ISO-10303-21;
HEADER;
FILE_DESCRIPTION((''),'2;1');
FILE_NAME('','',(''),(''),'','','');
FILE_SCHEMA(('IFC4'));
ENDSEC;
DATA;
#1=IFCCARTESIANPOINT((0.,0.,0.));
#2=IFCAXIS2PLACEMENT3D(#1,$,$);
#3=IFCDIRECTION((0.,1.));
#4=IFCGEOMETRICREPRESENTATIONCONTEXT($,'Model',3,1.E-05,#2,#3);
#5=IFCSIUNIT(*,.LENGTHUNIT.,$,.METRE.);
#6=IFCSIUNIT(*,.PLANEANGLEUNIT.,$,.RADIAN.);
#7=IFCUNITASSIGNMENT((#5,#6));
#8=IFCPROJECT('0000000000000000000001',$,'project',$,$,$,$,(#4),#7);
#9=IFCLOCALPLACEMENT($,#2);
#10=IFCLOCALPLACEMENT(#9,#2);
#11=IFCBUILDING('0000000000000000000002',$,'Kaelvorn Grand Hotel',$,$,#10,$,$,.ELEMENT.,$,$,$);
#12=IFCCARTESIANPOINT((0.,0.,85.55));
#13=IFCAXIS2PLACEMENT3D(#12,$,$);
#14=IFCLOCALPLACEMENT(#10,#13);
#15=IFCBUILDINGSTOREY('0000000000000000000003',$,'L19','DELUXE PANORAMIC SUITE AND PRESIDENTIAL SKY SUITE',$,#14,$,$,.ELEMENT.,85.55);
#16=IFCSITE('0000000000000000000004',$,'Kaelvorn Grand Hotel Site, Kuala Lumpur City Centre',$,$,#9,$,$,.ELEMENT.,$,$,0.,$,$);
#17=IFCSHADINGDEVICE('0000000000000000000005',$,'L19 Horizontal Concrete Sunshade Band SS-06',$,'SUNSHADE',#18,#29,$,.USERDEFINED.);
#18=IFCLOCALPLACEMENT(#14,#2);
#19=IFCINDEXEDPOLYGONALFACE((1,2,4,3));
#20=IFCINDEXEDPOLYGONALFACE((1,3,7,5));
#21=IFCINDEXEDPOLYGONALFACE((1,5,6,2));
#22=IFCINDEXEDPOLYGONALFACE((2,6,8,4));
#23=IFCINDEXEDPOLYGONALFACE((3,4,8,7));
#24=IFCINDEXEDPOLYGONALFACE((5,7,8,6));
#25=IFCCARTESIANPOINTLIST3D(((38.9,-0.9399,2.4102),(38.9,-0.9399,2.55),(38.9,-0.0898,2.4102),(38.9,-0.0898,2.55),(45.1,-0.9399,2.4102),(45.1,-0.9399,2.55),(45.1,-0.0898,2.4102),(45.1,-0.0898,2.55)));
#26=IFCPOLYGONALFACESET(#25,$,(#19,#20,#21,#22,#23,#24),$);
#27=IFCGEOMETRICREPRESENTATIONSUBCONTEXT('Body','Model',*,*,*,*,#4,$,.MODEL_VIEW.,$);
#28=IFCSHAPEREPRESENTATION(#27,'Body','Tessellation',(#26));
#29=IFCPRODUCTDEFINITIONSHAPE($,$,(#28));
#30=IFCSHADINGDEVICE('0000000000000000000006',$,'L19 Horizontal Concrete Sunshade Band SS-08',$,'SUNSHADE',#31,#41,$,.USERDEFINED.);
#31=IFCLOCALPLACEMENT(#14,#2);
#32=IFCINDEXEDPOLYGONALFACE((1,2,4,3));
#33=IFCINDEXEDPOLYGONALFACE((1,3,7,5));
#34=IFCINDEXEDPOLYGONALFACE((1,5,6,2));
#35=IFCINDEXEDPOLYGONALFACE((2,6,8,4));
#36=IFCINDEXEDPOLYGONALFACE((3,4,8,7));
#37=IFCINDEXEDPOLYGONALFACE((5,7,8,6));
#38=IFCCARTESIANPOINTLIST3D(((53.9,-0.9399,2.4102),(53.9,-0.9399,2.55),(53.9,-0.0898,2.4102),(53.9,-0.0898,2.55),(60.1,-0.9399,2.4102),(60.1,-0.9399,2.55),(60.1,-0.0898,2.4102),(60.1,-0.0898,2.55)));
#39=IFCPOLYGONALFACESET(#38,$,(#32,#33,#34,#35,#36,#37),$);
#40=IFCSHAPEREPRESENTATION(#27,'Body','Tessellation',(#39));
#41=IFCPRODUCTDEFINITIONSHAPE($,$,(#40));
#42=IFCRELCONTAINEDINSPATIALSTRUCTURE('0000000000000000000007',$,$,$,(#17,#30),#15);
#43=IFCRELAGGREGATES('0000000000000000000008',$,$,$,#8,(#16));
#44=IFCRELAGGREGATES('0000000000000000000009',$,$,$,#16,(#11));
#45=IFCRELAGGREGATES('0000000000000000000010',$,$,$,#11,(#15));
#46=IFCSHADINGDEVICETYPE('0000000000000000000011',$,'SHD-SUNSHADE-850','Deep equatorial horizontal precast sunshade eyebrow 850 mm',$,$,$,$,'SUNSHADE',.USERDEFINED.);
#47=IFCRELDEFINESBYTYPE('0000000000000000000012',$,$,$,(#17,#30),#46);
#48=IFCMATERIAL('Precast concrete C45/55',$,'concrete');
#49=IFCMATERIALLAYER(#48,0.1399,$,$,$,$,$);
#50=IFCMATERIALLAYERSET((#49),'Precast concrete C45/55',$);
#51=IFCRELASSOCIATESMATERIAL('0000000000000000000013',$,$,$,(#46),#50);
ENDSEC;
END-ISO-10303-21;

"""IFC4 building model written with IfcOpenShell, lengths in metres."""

from ifc_helpers import new_model, si_unit, direction, frame, origin, origin_2d, place, context, subcontext, project, spatial, rectangle, extrude, material, layer, layer_set, type_object, element, save


model = new_model("IFC4")

# Units and contexts
model_context = context("Model", 3, precision=1e-05, world=origin(), true_north=direction((0.0, 1.0)))
body_context = subcontext(model_context, "Body", "Model", "MODEL_VIEW")
ifc_project = project(units=[si_unit("LENGTHUNIT", "METRE"), si_unit("PLANEANGLEUNIT", "RADIAN")], contexts=[model_context])

# Site, building, storey
site_placement = place(None, origin())
site = spatial("IfcSite", under=ifc_project, at=site_placement, Name="Kaelvorn Grand Hotel Site, Kuala Lumpur City Centre", CompositionType="ELEMENT", RefElevation=0.0)
building_placement = place(site_placement, origin())
building = spatial("IfcBuilding", under=site, at=building_placement, Name="Kaelvorn Grand Hotel", CompositionType="ELEMENT")
storey_placement = place(building_placement, frame((0.0, 0.0, 85.55)))
storey = spatial("IfcBuildingStorey", under=building, at=storey_placement, Name="L19", Description="DELUXE PANORAMIC SUITE AND PRESIDENTIAL SKY SUITE", CompositionType="ELEMENT", Elevation=85.55)

# Shading devices
ifc_material_1 = material(Name="Precast concrete C45/55", Category="concrete")
ifc_layer_1 = layer(ifc_material_1, 0.1399)
ifc_layer_set_1 = layer_set([ifc_layer_1], Name="Precast concrete C45/55")
shading_device_type_1 = type_object("IfcShadingDeviceType", Name="SHD-SUNSHADE-850", Description="Deep equatorial horizontal precast sunshade eyebrow 850 mm", ElementType="SUNSHADE", PredefinedType="USERDEFINED", material=ifc_layer_set_1)
for number, where, z_axis, x_axis, name in (
    (1, (42.0, -0.5149, 2.4102), (0.0, 0.0, 1.0), (1.0, 0.0, 0.0), "L19 Horizontal Concrete Sunshade Band SS-06"),
    (2, (57.0, -0.5149, 2.4102), (0.0, 0.0, 1.0), (1.0, 0.0, 0.0), "L19 Horizontal Concrete Sunshade Band SS-08"),
):
    element("IfcShadingDevice", number, at=place(storey_placement, frame(where, z_axis=z_axis, x_axis=x_axis)), inside=storey, type_object=shading_device_type_1, Name=name, ObjectType="SUNSHADE", PredefinedType="USERDEFINED", context=body_context, shape_type="SweptSolid", body=[
        extrude(rectangle(XDim=6.2, YDim=0.8501, at=origin_2d()), origin(), (0.0, 0.0, 1.0), 0.1399),
    ])

save(model, "model.ifc")
